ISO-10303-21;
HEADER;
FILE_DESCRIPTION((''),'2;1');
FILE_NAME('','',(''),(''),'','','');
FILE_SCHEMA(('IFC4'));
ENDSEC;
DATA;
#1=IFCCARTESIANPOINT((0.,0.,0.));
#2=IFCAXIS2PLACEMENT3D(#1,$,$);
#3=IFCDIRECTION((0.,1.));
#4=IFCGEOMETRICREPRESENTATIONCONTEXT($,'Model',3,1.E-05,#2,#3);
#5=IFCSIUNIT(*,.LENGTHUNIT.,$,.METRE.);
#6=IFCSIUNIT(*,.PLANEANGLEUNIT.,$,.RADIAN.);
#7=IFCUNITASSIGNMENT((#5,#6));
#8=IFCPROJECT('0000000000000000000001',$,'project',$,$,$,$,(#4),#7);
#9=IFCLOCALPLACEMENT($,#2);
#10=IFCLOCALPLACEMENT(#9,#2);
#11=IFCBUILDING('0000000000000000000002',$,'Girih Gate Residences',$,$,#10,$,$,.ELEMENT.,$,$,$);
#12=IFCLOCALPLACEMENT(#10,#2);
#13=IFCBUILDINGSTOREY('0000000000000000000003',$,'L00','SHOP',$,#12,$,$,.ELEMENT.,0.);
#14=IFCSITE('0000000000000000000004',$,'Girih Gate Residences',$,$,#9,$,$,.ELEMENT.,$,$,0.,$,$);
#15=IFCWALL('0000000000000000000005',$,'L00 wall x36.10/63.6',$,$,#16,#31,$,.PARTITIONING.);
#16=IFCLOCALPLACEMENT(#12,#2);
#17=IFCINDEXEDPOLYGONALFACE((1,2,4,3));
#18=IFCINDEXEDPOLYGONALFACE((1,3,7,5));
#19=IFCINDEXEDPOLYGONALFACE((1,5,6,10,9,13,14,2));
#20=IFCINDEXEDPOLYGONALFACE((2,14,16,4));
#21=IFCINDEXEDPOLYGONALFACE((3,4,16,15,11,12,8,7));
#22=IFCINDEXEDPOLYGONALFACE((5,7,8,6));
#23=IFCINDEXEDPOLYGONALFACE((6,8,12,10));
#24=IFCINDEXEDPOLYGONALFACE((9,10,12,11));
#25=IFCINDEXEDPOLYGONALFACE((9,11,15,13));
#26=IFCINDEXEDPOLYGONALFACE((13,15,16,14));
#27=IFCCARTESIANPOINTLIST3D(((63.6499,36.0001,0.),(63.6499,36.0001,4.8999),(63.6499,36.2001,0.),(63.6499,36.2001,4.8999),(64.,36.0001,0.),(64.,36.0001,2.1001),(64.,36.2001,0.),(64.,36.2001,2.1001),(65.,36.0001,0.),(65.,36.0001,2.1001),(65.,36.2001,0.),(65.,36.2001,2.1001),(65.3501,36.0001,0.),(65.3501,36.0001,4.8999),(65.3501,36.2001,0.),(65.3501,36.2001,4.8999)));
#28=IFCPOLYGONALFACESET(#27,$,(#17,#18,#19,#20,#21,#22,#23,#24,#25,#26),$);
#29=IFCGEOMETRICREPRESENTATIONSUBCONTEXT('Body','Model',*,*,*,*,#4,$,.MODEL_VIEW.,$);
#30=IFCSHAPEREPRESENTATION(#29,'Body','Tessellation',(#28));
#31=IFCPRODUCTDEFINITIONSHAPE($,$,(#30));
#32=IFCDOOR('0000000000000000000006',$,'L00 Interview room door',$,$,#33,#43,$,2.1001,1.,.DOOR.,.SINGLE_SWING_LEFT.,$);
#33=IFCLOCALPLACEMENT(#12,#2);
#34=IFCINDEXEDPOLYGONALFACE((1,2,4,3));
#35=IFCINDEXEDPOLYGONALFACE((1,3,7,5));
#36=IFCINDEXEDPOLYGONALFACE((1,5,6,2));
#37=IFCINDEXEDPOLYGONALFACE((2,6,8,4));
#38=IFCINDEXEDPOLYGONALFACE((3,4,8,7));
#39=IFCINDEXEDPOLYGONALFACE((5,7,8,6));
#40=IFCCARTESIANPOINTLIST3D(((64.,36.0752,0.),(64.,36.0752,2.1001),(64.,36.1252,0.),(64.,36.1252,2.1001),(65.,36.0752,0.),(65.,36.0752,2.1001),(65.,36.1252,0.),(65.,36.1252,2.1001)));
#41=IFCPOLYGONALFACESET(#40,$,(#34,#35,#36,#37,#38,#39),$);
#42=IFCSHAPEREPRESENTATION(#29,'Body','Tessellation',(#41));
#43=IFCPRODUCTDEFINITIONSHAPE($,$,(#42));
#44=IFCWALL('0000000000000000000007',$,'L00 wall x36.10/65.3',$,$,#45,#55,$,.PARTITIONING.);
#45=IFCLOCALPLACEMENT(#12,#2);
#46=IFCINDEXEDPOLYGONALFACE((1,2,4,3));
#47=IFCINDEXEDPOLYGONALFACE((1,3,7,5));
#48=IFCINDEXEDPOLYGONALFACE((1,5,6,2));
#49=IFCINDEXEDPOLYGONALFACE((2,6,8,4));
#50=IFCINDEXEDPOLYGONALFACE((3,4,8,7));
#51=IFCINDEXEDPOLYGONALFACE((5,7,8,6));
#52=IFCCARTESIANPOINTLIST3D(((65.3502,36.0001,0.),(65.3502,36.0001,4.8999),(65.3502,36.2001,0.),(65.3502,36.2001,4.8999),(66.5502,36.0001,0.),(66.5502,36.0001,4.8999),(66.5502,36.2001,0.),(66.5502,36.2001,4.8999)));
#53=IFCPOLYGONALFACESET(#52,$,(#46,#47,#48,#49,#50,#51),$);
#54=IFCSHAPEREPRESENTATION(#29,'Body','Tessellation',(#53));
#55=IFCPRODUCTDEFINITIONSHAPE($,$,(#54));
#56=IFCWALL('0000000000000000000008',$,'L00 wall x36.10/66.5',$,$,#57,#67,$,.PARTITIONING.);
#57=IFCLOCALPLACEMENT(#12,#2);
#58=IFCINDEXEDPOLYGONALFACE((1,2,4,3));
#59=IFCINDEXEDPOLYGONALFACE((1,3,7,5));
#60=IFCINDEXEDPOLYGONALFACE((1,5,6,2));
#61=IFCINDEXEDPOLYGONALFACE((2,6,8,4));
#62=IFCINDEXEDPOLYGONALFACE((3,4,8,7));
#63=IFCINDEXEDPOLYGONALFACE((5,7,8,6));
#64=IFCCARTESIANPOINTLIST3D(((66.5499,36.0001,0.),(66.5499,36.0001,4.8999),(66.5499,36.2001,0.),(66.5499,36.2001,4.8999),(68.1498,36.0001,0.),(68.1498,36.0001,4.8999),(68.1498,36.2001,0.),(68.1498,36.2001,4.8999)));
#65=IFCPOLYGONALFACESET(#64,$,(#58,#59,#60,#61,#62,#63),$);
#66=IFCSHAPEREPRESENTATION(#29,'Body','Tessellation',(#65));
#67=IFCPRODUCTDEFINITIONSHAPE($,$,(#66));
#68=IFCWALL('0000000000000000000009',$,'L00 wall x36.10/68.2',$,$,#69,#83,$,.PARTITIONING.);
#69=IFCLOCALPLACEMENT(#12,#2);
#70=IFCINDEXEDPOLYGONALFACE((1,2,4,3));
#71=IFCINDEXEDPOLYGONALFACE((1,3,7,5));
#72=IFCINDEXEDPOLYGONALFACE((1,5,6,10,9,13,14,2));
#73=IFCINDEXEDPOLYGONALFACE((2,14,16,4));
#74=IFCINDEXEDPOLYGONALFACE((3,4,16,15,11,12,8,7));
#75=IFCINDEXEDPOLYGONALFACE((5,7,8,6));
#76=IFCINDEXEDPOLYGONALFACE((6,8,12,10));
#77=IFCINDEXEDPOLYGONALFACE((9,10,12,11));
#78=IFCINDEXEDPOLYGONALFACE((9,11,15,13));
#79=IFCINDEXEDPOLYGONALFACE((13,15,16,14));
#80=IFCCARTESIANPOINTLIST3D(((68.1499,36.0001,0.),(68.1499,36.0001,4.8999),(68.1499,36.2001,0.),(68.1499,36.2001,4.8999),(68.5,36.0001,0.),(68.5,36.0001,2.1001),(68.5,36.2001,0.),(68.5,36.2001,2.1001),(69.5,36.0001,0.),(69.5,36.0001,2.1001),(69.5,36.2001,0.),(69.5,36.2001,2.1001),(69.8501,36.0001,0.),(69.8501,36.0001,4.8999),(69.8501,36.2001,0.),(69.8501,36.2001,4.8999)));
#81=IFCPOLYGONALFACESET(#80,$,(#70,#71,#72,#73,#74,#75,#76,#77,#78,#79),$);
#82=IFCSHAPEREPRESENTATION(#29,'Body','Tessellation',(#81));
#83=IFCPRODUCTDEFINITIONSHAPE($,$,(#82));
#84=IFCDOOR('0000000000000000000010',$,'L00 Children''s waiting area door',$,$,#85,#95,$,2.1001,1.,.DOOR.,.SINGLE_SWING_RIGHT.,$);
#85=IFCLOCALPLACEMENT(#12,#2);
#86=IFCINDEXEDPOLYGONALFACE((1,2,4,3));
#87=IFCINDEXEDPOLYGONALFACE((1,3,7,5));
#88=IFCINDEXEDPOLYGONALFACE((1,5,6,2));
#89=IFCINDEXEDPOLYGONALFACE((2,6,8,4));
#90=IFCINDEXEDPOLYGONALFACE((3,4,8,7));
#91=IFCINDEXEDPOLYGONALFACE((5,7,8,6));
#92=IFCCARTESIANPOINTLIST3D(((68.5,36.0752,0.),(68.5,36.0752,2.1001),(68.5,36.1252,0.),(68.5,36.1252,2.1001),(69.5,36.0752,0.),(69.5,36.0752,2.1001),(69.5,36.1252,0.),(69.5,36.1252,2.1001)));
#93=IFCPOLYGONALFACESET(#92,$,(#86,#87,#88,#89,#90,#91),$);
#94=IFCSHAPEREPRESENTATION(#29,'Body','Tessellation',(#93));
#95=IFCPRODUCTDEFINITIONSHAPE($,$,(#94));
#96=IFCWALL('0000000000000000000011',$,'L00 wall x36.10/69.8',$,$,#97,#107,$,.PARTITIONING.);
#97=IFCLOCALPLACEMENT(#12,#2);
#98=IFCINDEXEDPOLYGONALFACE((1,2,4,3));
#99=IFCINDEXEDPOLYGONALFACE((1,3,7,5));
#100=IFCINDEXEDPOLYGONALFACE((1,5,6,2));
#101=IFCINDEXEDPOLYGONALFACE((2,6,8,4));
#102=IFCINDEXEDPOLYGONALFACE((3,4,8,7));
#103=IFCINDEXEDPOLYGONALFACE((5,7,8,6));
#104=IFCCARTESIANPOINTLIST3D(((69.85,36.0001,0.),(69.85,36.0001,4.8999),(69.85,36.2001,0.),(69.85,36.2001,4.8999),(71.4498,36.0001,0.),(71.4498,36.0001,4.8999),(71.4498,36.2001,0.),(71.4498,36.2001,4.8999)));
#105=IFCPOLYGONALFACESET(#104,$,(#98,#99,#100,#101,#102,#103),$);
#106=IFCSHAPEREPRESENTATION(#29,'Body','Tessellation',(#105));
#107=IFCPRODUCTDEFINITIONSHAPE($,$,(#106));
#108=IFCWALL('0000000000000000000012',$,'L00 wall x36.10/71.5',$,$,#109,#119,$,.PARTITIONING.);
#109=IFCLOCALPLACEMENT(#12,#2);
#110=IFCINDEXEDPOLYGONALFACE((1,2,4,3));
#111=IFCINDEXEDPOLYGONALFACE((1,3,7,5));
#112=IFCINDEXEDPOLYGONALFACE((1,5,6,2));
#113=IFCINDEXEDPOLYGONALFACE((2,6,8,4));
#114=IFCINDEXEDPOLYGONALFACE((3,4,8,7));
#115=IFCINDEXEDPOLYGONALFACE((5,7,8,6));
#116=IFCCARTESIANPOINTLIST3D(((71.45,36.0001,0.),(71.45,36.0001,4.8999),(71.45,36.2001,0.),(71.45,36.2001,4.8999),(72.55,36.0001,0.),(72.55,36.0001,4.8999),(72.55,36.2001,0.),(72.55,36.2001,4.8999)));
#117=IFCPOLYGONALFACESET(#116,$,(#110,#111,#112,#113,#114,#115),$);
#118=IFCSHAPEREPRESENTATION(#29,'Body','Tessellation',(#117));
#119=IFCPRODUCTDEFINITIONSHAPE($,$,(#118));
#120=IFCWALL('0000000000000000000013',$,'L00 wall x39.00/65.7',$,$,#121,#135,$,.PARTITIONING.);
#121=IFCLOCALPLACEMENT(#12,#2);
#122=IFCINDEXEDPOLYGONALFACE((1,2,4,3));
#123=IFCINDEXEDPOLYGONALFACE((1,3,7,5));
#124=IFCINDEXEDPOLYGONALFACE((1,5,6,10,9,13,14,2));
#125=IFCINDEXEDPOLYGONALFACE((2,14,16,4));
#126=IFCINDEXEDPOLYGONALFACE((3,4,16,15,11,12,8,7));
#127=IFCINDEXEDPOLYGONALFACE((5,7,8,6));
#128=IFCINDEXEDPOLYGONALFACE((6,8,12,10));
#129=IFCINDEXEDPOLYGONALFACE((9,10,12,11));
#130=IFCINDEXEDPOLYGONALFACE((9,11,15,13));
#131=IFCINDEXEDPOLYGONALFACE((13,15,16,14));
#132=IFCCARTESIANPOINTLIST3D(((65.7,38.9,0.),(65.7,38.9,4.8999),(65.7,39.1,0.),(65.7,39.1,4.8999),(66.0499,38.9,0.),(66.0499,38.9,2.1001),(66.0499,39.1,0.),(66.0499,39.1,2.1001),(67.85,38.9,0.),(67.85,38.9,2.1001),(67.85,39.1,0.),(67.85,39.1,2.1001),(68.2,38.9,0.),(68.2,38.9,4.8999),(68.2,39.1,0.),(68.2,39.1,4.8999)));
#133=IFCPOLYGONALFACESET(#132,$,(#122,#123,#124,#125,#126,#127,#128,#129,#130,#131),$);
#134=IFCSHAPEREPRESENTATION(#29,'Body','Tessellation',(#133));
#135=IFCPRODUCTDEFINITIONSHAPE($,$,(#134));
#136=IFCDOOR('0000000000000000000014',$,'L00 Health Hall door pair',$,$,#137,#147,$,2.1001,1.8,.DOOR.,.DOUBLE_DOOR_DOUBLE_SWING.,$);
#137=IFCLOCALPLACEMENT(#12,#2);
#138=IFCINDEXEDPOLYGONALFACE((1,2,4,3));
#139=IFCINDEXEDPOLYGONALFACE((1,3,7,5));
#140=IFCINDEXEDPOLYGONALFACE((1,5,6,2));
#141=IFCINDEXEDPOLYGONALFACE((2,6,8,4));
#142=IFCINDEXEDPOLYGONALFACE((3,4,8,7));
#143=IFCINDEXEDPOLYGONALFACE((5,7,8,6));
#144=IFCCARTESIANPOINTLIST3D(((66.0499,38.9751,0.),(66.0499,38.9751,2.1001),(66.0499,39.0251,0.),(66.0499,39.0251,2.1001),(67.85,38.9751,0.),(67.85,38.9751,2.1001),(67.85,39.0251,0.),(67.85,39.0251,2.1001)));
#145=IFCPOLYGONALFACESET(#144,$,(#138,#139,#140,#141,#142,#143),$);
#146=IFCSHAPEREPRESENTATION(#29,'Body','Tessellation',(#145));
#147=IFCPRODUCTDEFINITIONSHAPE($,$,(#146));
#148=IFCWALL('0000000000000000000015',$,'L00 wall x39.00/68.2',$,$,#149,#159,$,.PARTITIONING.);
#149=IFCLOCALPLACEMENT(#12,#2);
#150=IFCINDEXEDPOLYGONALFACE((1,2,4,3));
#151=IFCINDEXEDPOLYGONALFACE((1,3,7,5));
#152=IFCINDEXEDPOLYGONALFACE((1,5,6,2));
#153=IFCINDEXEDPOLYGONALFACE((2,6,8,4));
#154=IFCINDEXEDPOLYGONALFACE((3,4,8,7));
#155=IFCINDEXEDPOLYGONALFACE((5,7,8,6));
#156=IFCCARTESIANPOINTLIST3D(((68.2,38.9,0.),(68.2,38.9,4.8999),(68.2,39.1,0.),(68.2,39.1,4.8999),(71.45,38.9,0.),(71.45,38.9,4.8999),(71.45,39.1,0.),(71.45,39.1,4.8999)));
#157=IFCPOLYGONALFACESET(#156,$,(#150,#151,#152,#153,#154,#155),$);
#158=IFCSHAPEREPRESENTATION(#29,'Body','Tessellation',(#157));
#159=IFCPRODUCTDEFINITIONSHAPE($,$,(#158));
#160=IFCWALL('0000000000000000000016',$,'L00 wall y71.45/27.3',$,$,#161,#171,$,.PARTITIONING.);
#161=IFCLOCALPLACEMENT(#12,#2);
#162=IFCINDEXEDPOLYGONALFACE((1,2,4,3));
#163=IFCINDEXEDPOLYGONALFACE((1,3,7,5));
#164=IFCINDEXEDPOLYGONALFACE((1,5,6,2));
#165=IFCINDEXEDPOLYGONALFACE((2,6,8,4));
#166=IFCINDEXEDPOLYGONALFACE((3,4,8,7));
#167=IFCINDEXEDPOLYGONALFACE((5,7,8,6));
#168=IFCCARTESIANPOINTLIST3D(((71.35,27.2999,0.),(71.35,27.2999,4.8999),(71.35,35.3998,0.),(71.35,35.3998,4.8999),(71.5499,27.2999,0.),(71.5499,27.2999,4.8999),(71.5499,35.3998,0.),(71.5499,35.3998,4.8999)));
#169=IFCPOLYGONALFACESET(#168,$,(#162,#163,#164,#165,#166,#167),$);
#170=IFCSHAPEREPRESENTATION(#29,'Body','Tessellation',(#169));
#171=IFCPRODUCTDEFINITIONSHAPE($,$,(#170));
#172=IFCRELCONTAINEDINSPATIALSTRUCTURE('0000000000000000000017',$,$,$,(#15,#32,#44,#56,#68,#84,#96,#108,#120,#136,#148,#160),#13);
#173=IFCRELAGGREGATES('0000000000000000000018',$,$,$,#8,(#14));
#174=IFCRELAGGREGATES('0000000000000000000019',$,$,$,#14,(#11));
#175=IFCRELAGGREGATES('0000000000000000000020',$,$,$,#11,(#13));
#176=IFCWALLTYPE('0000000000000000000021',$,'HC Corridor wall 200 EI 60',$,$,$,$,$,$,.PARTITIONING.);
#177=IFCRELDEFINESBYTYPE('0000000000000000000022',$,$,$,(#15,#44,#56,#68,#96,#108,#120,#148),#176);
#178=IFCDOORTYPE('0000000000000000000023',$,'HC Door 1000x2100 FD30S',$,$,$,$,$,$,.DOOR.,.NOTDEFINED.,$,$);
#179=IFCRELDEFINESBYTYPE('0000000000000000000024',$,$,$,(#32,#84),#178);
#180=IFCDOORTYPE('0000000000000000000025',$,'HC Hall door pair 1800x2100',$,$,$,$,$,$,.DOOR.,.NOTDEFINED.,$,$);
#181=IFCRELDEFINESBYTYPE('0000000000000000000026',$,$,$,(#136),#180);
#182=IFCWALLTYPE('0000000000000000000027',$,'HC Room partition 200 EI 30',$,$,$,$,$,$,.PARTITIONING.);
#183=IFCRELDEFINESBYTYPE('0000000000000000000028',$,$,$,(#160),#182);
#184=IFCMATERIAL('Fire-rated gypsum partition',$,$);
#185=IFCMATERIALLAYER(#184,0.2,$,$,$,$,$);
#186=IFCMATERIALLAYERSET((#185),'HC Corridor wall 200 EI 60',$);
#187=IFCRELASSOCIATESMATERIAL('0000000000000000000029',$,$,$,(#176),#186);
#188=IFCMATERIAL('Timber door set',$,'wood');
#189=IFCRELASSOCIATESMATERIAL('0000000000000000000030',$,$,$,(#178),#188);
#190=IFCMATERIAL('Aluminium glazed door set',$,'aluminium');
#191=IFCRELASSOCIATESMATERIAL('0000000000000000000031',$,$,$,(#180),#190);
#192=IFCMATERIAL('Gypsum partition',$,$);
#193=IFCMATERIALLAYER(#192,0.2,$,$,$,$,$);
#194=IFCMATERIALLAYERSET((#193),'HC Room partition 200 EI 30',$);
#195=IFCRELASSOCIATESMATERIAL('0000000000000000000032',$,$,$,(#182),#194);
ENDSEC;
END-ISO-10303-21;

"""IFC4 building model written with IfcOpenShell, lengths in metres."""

from ifc_helpers import new_model, si_unit, direction, frame, frame_2d, origin, place, context, subcontext, project, spatial, rectangle, extrude, material, layer, layer_set, type_object, element, fill, save


model = new_model("IFC4")

# Units and contexts
model_context = context("Model", 3, precision=1e-05, world=origin(), true_north=direction((0.0, 1.0)))
body_context = subcontext(model_context, "Body", "Model", "MODEL_VIEW")
ifc_project = project(units=[si_unit("LENGTHUNIT", "METRE"), si_unit("PLANEANGLEUNIT", "RADIAN")], contexts=[model_context])

# Site, building, storey
site_placement = place(None, origin())
site = spatial("IfcSite", under=ifc_project, at=site_placement, Name="Girih Gate Residences", CompositionType="ELEMENT", RefElevation=0.0)
building_placement = place(site_placement, origin())
building = spatial("IfcBuilding", under=site, at=building_placement, Name="Girih Gate Residences", CompositionType="ELEMENT")
storey_placement = place(building_placement, origin())
storey = spatial("IfcBuildingStorey", under=building, at=storey_placement, Name="L00", Description="SHOP", CompositionType="ELEMENT", Elevation=0.0)

# Wall, opening, door
ifc_material_1 = material(Name="Fire-rated gypsum partition")
ifc_layer_1 = layer(ifc_material_1, 0.2)
ifc_layer_set_1 = layer_set([ifc_layer_1], Name="HC Corridor wall 200 EI 60")
wall_type_1 = type_object("IfcWallType", Name="HC Corridor wall 200 EI 60", PredefinedType="PARTITIONING", material=ifc_layer_set_1)
wall_1_placement = place(storey_placement, frame((65.3501, 36.1001, 0.0), z_axis=(0.0, 0.0, 1.0), x_axis=(-1.0, 0.0, 0.0)))
wall_1 = element("IfcWall", 1, at=wall_1_placement, inside=storey, type_object=wall_type_1, Name="L00 wall x36.10/63.6", PredefinedType="PARTITIONING", context=body_context, shape_type="SweptSolid", body=[
    extrude(rectangle(XDim=1.7002, YDim=0.2, at=frame_2d((0.8501, 0.0))), origin(), (0.0, 0.0, 1.0), 4.8999),
])
opening_1_placement = place(wall_1_placement, frame((0.3501, 0.0, 0.0)))
opening_1 = element("IfcOpeningElement", 2, at=opening_1_placement, cuts=wall_1, PredefinedType="OPENING", context=body_context, shape_type="SweptSolid", body=[
    extrude(rectangle(XDim=1.0, YDim=2.1001, at=frame_2d((0.5, 1.05))), frame((0.0, 0.1099, 0.0), z_axis=(0.0, -1.0, 0.0), x_axis=(1.0, 0.0, 0.0)), (0.0, 0.0, 1.0), 0.22),
])
ifc_material_2 = material(Name="Timber door set", Category="wood")
door_type_1 = type_object("IfcDoorType", Name="HC Door 1000x2100 FD30S", OperationType="NOTDEFINED", PredefinedType="DOOR", material=ifc_material_2)
door_1_placement = place(opening_1_placement, origin())
door_1 = element("IfcDoor", 3, at=door_1_placement, inside=storey, type_object=door_type_1, Name="L00 Interview room door", OperationType="SINGLE_SWING_LEFT", OverallHeight=2.1001, OverallWidth=1.0, PredefinedType="DOOR", context=body_context, shape_type="SweptSolid", body=[
    extrude(rectangle(XDim=1.0, YDim=2.1001, at=frame_2d((0.5, 1.05))), frame((0.0, 0.0249, 0.0), z_axis=(0.0, -1.0, 0.0), x_axis=(1.0, 0.0, 0.0)), (0.0, 0.0, 1.0), 0.05),
])
fill(opening_1, door_1)

# Walls
wall_2_placement = place(storey_placement, frame((65.3501, 36.1001, 0.0), z_axis=(0.0, 0.0, 1.0), x_axis=(1.0, 0.0, 0.0)))
element("IfcWall", 4, at=wall_2_placement, inside=storey, type_object=wall_type_1, Name="L00 wall x36.10/65.3", PredefinedType="PARTITIONING", context=body_context, shape_type="SweptSolid", body=[
    extrude(rectangle(XDim=1.2, YDim=0.2, at=frame_2d((0.6001, 0.0))), origin(), (0.0, 0.0, 1.0), 4.8999),
])
wall_3_placement = place(storey_placement, frame((66.55, 36.1001, 0.0), z_axis=(0.0, 0.0, 1.0), x_axis=(1.0, 0.0, 0.0)))
element("IfcWall", 5, at=wall_3_placement, inside=storey, type_object=wall_type_1, Name="L00 wall x36.10/66.5", PredefinedType="PARTITIONING", context=body_context, shape_type="SweptSolid", body=[
    extrude(rectangle(XDim=1.5999, YDim=0.2, at=frame_2d((0.7998, 0.0))), origin(), (0.0, 0.0, 1.0), 4.8999),
])

# Wall, opening, door
wall_4_placement = place(storey_placement, frame((69.8501, 36.1001, 0.0), z_axis=(0.0, 0.0, 1.0), x_axis=(-1.0, 0.0, 0.0)))
wall_4 = element("IfcWall", 6, at=wall_4_placement, inside=storey, type_object=wall_type_1, Name="L00 wall x36.10/68.2", PredefinedType="PARTITIONING", context=body_context, shape_type="SweptSolid", body=[
    extrude(rectangle(XDim=1.7002, YDim=0.2, at=frame_2d((0.8501, 0.0))), origin(), (0.0, 0.0, 1.0), 4.8999),
])
opening_2_placement = place(wall_4_placement, frame((0.3501, 0.0, 0.0)))
opening_2 = element("IfcOpeningElement", 7, at=opening_2_placement, cuts=wall_4, PredefinedType="OPENING", context=body_context, shape_type="SweptSolid", body=[
    extrude(rectangle(XDim=1.0, YDim=2.1001, at=frame_2d((0.5, 1.05))), frame((0.0, 0.1099, 0.0), z_axis=(0.0, -1.0, 0.0), x_axis=(1.0, 0.0, 0.0)), (0.0, 0.0, 1.0), 0.22),
])
door_2_placement = place(opening_2_placement, origin())
door_2 = element("IfcDoor", 8, at=door_2_placement, inside=storey, type_object=door_type_1, Name="L00 Children's waiting area door", OperationType="SINGLE_SWING_RIGHT", OverallHeight=2.1001, OverallWidth=1.0, PredefinedType="DOOR", context=body_context, shape_type="SweptSolid", body=[
    extrude(rectangle(XDim=1.0, YDim=2.1001, at=frame_2d((0.5, 1.05))), frame((0.0, 0.0249, 0.0), z_axis=(0.0, -1.0, 0.0), x_axis=(1.0, 0.0, 0.0)), (0.0, 0.0, 1.0), 0.05),
])
fill(opening_2, door_2)

# Walls
wall_5_placement = place(storey_placement, frame((69.8501, 36.1001, 0.0), z_axis=(0.0, 0.0, 1.0), x_axis=(1.0, 0.0, 0.0)))
element("IfcWall", 9, at=wall_5_placement, inside=storey, type_object=wall_type_1, Name="L00 wall x36.10/69.8", PredefinedType="PARTITIONING", context=body_context, shape_type="SweptSolid", body=[
    extrude(rectangle(XDim=1.5999, YDim=0.2, at=frame_2d((0.7998, 0.0))), origin(), (0.0, 0.0, 1.0), 4.8999),
])
wall_6_placement = place(storey_placement, frame((71.45, 36.1001, 0.0), z_axis=(0.0, 0.0, 1.0), x_axis=(1.0, 0.0, 0.0)))
element("IfcWall", 10, at=wall_6_placement, inside=storey, type_object=wall_type_1, Name="L00 wall x36.10/71.5", PredefinedType="PARTITIONING", context=body_context, shape_type="SweptSolid", body=[
    extrude(rectangle(XDim=1.1001, YDim=0.2, at=frame_2d((0.55, 0.0))), origin(), (0.0, 0.0, 1.0), 4.8999),
])

# Wall, opening, door
wall_7_placement = place(storey_placement, frame((68.2, 39.0, 0.0), z_axis=(0.0, 0.0, 1.0), x_axis=(-1.0, 0.0, 0.0)))
wall_7 = element("IfcWall", 11, at=wall_7_placement, inside=storey, type_object=wall_type_1, Name="L00 wall x39.00/65.7", PredefinedType="PARTITIONING", context=body_context, shape_type="SweptSolid", body=[
    extrude(rectangle(XDim=2.5, YDim=0.2, at=frame_2d((1.25, 0.0))), origin(), (0.0, 0.0, 1.0), 4.8999),
])
opening_3_placement = place(wall_7_placement, frame((0.3501, 0.0, 0.0)))
opening_3 = element("IfcOpeningElement", 12, at=opening_3_placement, cuts=wall_7, PredefinedType="OPENING", context=body_context, shape_type="SweptSolid", body=[
    extrude(rectangle(XDim=1.8, YDim=2.1001, at=frame_2d((0.8999, 1.05))), frame((0.0, 0.1099, 0.0), z_axis=(0.0, -1.0, 0.0), x_axis=(1.0, 0.0, 0.0)), (0.0, 0.0, 1.0), 0.22),
])
ifc_material_3 = material(Name="Aluminium glazed door set", Category="aluminium")
door_type_2 = type_object("IfcDoorType", Name="HC Hall door pair 1800x2100", OperationType="NOTDEFINED", PredefinedType="DOOR", material=ifc_material_3)
door_3_placement = place(opening_3_placement, origin())
door_3 = element("IfcDoor", 13, at=door_3_placement, inside=storey, type_object=door_type_2, Name="L00 Health Hall door pair", OperationType="DOUBLE_DOOR_DOUBLE_SWING", OverallHeight=2.1001, OverallWidth=1.8, PredefinedType="DOOR", context=body_context, shape_type="SweptSolid", body=[
    extrude(rectangle(XDim=1.8, YDim=2.1001, at=frame_2d((0.8999, 1.05))), frame((0.0, 0.0249, 0.0), z_axis=(0.0, -1.0, 0.0), x_axis=(1.0, 0.0, 0.0)), (0.0, 0.0, 1.0), 0.05),
])
fill(opening_3, door_3)

# Walls
wall_8_placement = place(storey_placement, frame((68.2, 39.0, 0.0), z_axis=(0.0, 0.0, 1.0), x_axis=(1.0, 0.0, 0.0)))
element("IfcWall", 14, at=wall_8_placement, inside=storey, type_object=wall_type_1, Name="L00 wall x39.00/68.2", PredefinedType="PARTITIONING", context=body_context, shape_type="SweptSolid", body=[
    extrude(rectangle(XDim=3.25, YDim=0.2, at=frame_2d((1.625, 0.0))), origin(), (0.0, 0.0, 1.0), 4.8999),
])
ifc_material_4 = material(Name="Gypsum partition")
ifc_layer_2 = layer(ifc_material_4, 0.2)
ifc_layer_set_2 = layer_set([ifc_layer_2], Name="HC Room partition 200 EI 30")
wall_type_2 = type_object("IfcWallType", Name="HC Room partition 200 EI 30", PredefinedType="PARTITIONING", material=ifc_layer_set_2)
wall_9_placement = place(storey_placement, frame((71.45, 27.3, 0.0), z_axis=(0.0, 0.0, 1.0), x_axis=(0.0, 1.0, 0.0)))
element("IfcWall", 15, at=wall_9_placement, inside=storey, type_object=wall_type_2, Name="L00 wall y71.45/27.3", PredefinedType="PARTITIONING", context=body_context, shape_type="SweptSolid", body=[
    extrude(rectangle(XDim=8.0999, YDim=0.2, at=frame_2d((4.0498, 0.0))), origin(), (0.0, 0.0, 1.0), 4.8999),
])

save(model, "model.ifc")
